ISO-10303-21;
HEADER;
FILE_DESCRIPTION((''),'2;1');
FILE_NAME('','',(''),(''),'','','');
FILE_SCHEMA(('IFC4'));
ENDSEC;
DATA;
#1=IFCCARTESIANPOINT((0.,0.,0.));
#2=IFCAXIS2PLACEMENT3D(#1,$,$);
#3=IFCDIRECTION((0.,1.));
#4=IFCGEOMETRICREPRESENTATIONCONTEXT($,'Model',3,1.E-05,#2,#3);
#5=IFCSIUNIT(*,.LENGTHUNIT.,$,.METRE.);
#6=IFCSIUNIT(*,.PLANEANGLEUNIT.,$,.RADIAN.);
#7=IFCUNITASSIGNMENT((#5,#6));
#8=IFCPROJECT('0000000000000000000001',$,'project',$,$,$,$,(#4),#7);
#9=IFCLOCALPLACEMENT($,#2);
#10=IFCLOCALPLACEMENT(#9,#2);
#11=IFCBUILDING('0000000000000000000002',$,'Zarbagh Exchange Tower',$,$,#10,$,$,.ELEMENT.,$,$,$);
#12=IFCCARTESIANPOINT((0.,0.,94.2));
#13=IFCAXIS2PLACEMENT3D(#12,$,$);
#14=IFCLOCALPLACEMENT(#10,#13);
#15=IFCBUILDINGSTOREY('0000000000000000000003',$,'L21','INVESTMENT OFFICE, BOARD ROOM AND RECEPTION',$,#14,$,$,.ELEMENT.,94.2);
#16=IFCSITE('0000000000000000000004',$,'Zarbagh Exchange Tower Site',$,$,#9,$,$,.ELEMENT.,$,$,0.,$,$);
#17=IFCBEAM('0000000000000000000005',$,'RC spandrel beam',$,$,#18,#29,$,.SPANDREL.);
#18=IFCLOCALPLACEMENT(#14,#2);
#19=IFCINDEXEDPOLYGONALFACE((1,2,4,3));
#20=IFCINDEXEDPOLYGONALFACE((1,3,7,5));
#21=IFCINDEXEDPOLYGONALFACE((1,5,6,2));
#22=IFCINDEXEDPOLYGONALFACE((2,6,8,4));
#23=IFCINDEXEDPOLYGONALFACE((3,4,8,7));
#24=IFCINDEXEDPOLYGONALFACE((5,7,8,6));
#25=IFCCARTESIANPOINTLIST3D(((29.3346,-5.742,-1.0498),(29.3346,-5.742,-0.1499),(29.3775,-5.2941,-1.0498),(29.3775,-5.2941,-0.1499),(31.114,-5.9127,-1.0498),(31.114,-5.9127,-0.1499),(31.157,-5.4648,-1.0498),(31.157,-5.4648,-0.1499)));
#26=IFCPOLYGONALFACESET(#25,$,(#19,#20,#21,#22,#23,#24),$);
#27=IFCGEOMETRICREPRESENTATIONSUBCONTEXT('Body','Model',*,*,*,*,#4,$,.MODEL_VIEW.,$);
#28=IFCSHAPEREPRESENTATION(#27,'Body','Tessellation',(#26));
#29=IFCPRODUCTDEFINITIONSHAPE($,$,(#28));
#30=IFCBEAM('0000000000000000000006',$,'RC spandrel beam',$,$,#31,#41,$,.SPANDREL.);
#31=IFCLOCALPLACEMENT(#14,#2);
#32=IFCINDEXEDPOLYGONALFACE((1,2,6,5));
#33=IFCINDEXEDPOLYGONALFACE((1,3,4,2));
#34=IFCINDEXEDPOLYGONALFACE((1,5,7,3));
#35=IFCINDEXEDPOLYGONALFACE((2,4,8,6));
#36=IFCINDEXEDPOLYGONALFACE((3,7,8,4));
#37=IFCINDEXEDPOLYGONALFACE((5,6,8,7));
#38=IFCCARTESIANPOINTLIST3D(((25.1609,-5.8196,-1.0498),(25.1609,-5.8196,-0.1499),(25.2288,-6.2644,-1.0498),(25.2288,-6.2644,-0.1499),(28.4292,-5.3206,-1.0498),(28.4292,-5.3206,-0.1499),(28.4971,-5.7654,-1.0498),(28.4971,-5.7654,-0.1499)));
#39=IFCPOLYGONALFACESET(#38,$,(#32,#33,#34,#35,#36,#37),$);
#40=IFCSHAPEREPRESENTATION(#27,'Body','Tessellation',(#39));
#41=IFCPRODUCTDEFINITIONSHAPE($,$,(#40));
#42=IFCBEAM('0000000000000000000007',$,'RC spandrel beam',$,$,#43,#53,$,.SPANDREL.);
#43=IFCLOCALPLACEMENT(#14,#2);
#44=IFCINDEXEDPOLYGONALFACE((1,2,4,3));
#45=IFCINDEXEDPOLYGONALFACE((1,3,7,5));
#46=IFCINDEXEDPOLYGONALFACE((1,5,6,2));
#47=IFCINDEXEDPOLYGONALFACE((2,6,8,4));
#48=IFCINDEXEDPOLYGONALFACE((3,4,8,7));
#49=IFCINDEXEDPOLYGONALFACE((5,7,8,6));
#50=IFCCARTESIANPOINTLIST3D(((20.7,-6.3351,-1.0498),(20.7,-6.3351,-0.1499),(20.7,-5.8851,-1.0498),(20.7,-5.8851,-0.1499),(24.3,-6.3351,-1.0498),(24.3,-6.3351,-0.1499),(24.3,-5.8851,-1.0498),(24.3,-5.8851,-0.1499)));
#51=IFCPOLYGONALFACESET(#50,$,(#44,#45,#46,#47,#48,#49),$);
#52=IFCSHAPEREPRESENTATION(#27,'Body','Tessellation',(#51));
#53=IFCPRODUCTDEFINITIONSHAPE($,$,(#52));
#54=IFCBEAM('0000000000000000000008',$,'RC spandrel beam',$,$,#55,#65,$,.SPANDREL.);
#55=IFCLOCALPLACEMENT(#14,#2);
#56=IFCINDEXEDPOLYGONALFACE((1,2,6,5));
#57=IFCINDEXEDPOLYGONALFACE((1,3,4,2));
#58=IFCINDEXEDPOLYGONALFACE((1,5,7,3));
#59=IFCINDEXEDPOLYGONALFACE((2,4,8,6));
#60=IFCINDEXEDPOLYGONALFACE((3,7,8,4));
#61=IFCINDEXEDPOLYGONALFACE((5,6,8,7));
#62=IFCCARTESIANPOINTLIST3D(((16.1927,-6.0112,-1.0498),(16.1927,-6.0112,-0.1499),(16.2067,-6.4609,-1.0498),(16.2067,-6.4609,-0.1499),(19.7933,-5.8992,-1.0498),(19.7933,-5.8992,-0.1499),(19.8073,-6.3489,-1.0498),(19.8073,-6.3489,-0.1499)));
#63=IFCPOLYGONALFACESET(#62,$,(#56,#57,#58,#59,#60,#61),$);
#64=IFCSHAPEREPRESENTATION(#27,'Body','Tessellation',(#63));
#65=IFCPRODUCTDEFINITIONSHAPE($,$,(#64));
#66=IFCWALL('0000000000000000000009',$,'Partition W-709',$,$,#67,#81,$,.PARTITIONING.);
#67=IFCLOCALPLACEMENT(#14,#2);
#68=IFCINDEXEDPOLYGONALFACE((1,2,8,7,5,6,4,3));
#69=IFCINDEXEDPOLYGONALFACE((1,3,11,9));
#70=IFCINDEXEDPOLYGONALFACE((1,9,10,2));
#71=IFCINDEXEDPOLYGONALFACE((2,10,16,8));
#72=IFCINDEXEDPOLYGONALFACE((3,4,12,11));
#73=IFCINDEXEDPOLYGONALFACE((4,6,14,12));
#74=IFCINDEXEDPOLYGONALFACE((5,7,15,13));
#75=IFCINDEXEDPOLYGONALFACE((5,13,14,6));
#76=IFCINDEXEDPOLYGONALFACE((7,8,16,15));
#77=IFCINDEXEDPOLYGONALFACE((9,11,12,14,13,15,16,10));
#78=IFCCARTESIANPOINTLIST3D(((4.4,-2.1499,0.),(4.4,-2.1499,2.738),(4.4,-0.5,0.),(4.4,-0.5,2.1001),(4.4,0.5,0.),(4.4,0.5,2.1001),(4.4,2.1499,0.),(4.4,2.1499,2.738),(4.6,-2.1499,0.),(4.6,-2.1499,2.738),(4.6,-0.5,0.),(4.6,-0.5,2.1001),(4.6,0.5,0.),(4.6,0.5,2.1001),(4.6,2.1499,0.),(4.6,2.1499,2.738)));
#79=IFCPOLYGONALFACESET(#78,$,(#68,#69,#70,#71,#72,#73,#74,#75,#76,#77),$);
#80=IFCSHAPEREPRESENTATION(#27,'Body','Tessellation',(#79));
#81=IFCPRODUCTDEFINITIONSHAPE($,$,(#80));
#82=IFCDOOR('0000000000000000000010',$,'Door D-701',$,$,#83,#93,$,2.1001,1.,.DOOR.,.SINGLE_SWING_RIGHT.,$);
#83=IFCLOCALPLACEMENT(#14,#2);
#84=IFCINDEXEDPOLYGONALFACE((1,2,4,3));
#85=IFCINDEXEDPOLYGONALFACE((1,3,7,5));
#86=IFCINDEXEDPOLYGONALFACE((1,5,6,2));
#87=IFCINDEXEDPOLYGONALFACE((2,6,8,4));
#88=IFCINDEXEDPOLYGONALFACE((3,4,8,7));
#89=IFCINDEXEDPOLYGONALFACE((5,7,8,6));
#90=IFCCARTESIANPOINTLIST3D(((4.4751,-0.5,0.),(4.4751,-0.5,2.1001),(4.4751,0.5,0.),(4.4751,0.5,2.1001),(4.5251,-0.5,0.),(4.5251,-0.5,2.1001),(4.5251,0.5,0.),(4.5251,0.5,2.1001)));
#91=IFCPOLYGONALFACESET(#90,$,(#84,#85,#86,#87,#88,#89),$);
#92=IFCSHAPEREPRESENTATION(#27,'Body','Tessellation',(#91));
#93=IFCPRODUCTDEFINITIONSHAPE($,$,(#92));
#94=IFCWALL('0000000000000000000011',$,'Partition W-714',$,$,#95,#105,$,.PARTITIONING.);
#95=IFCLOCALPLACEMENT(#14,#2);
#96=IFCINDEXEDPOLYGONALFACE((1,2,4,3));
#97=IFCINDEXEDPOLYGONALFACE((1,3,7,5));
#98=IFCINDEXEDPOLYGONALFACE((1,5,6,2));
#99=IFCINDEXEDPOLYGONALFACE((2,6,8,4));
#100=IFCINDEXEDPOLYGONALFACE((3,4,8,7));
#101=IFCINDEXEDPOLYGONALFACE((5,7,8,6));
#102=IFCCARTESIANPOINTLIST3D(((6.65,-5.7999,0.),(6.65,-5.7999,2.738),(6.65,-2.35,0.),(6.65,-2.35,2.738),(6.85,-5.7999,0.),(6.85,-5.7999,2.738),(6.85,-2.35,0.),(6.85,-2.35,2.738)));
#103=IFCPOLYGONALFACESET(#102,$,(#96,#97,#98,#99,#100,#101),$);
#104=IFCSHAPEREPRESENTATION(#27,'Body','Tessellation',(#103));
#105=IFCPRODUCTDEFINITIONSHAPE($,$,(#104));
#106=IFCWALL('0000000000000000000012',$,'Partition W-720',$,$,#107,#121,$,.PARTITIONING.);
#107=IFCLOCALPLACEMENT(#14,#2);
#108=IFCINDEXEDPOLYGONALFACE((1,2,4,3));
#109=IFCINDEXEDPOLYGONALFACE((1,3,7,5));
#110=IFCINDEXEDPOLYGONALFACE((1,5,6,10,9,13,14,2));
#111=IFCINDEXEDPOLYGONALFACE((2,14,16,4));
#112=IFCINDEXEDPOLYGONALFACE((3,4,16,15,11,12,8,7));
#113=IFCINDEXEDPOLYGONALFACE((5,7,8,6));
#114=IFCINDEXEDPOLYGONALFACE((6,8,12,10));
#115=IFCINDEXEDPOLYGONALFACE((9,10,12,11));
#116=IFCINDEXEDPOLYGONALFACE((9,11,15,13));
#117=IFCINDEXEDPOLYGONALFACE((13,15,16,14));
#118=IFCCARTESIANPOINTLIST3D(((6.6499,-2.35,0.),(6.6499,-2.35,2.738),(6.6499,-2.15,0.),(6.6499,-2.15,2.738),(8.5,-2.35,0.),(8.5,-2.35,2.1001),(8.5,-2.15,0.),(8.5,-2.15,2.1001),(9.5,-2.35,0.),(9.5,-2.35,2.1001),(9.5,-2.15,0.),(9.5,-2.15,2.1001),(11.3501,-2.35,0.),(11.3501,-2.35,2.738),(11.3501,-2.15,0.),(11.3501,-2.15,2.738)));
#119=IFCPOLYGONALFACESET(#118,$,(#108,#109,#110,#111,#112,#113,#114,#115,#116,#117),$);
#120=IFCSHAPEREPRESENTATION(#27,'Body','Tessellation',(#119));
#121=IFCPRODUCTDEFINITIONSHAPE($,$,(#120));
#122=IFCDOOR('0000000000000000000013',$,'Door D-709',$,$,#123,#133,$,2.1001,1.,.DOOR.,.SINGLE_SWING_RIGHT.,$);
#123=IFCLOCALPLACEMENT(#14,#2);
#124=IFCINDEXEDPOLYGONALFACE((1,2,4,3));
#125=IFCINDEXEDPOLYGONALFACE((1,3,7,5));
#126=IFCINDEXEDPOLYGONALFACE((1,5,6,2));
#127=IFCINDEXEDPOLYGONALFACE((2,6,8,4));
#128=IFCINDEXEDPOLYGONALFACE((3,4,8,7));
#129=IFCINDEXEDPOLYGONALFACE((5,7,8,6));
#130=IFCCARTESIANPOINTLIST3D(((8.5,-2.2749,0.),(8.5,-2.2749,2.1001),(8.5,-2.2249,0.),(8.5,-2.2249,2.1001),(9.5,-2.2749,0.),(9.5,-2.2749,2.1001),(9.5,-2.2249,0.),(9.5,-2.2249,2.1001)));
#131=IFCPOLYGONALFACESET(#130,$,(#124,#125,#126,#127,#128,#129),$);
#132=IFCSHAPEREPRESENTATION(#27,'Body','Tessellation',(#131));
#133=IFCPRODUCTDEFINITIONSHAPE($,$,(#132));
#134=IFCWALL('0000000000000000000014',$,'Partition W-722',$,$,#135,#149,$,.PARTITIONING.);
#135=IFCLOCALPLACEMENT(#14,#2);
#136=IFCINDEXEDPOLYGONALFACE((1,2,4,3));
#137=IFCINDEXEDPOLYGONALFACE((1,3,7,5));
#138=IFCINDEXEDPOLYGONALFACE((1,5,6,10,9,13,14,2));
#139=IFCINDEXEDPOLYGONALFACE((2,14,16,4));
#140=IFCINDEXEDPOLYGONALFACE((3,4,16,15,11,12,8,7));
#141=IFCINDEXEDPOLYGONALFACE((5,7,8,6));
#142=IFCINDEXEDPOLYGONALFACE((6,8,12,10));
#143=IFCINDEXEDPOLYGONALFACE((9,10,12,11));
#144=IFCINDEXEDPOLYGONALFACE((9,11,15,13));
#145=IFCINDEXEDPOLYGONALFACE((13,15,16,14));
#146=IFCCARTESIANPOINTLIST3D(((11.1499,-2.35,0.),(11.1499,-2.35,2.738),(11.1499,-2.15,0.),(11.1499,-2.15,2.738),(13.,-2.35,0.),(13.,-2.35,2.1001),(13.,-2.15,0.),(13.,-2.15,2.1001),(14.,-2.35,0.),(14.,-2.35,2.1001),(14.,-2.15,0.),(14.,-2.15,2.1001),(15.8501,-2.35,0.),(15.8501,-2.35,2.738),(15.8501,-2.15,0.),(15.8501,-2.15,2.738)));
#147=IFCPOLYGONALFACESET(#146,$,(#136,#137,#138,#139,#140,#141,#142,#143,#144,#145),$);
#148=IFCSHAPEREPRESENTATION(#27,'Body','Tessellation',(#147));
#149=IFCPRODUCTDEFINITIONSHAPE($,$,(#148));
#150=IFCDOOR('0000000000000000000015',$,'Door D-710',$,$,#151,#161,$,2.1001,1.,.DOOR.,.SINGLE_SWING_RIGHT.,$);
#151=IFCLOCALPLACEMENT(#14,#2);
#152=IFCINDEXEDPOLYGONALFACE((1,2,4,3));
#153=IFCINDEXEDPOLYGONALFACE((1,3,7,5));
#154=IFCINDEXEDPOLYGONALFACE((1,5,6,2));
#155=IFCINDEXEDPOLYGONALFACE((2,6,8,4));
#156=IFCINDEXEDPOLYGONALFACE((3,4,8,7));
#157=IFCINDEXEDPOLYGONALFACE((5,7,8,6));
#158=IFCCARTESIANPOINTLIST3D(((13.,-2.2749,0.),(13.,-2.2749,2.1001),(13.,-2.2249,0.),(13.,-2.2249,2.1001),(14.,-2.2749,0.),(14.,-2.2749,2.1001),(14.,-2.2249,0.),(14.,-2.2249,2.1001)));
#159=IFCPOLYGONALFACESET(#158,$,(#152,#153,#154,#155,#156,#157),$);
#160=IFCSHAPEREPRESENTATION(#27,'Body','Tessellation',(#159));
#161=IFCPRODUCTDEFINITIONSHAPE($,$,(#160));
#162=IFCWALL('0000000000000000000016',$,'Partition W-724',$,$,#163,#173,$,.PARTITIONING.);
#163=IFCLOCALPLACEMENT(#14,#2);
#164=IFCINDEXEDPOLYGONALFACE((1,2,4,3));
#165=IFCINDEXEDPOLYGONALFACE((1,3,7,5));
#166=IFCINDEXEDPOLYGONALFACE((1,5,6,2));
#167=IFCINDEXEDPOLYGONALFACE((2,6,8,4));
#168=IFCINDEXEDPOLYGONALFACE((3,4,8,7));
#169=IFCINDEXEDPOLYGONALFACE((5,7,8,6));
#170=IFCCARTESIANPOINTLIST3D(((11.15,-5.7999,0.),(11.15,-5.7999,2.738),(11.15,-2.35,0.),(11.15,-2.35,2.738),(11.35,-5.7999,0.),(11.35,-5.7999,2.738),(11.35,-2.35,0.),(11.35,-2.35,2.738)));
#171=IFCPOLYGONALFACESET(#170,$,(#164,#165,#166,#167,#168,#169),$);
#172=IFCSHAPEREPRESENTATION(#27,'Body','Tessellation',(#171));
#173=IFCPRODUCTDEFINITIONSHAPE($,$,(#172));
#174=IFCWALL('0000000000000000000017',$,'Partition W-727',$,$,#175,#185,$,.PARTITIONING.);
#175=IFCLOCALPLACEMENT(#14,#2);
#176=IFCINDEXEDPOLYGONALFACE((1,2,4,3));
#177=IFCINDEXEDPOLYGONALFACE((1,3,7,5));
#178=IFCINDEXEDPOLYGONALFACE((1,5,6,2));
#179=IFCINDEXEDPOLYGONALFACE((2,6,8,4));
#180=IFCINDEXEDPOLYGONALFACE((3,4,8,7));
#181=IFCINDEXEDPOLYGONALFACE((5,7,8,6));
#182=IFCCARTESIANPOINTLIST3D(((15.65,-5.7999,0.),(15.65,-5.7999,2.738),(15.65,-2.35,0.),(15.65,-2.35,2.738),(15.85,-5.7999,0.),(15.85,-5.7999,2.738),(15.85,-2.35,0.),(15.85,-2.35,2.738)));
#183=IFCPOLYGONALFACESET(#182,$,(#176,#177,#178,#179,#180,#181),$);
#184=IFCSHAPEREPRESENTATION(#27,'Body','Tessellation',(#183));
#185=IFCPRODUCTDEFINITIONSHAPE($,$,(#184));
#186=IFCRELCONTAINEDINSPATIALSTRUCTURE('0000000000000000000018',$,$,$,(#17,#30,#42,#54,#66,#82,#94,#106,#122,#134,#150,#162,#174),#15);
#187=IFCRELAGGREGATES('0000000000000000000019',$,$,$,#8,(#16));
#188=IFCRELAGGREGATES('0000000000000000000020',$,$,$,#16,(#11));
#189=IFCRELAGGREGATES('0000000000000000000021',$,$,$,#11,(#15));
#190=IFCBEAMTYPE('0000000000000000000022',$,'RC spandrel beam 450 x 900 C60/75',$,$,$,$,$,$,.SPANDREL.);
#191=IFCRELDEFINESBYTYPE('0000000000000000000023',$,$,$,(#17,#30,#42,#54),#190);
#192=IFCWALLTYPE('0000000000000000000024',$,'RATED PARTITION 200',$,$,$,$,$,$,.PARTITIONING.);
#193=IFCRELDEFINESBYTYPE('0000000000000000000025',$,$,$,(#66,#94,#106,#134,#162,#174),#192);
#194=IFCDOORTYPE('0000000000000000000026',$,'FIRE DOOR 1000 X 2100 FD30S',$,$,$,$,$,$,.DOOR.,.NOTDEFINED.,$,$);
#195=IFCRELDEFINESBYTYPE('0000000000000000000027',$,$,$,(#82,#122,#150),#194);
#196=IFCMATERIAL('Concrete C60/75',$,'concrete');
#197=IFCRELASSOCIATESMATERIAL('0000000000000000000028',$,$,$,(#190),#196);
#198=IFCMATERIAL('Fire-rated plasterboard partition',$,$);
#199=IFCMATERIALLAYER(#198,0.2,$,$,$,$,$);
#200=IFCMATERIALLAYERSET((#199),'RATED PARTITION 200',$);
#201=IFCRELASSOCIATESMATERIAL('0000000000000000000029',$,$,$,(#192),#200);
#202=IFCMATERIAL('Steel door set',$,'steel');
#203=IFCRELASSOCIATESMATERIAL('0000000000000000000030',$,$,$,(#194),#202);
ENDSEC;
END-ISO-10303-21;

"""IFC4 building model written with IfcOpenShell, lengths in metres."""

from ifc_helpers import new_model, si_unit, direction, frame, frame_2d, origin, origin_2d, place, context, subcontext, project, spatial, rectangle, extrude, material, layer, layer_set, material_profile, profile_set, type_object, element, fill, save


model = new_model("IFC4")

# Units and contexts
model_context = context("Model", 3, precision=1e-05, world=origin(), true_north=direction((0.0, 1.0)))
body_context = subcontext(model_context, "Body", "Model", "MODEL_VIEW")
ifc_project = project(units=[si_unit("LENGTHUNIT", "METRE"), si_unit("PLANEANGLEUNIT", "RADIAN")], contexts=[model_context])

# Site, building, storey
site_placement = place(None, origin())
site = spatial("IfcSite", under=ifc_project, at=site_placement, Name="Zarbagh Exchange Tower Site", CompositionType="ELEMENT", RefElevation=0.0)
building_placement = place(site_placement, origin())
building = spatial("IfcBuilding", under=site, at=building_placement, Name="Zarbagh Exchange Tower", CompositionType="ELEMENT")
storey_placement = place(building_placement, frame((0.0, 0.0, 94.2)))
storey = spatial("IfcBuildingStorey", under=building, at=storey_placement, Name="L21", Description="INVESTMENT OFFICE, BOARD ROOM AND RECEPTION", CompositionType="ELEMENT", Elevation=94.2)

# Shared definitions
ifc_material_1 = material(Name="Concrete C60/75", Category="concrete")

# Beams
ifc_material_profile_1 = material_profile(ifc_material_1, rectangle(XDim=0.45, YDim=0.8999, at=origin_2d()), Name="RC spandrel beam 450 x 900 C60/75")
ifc_profile_set_1 = profile_set([ifc_material_profile_1], Name="Concrete C60/75")
beam_type_1 = type_object("IfcBeamType", Name="RC spandrel beam 450 x 900 C60/75", PredefinedType="SPANDREL", material=ifc_profile_set_1)
beam_1_placement = place(storey_placement, frame((31.1355, -5.6887, -0.5999), z_axis=(-0.995433, 0.09546, 0.0), x_axis=(-0.09546, -0.995433, 0.0)))
element("IfcBeam", 1, at=beam_1_placement, inside=storey, type_object=beam_type_1, Name="RC spandrel beam", PredefinedType="SPANDREL", context=body_context, shape_type="SweptSolid", body=[
    extrude(rectangle(XDim=0.45, YDim=0.8999, at=origin_2d()), origin(), (0.0, 0.0, 1.0), 1.7876),
])
beam_2_placement = place(storey_placement, frame((28.4631, -5.543, -0.5999), z_axis=(-0.988544, -0.150936, 0.0), x_axis=(0.150936, -0.988544, 0.0)))
element("IfcBeam", 2, at=beam_2_placement, inside=storey, type_object=beam_type_1, Name="RC spandrel beam", PredefinedType="SPANDREL", context=body_context, shape_type="SweptSolid", body=[
    extrude(rectangle(XDim=0.45, YDim=0.8999, at=origin_2d()), origin(), (0.0, 0.0, 1.0), 3.3062),
])
beam_3_placement = place(storey_placement, frame((24.3, -6.1101, -0.5999), z_axis=(-1.0, 0.0, 0.0), x_axis=(0.0, -1.0, 0.0)))
element("IfcBeam", 3, at=beam_3_placement, inside=storey, type_object=beam_type_1, Name="RC spandrel beam", PredefinedType="SPANDREL", context=body_context, shape_type="SweptSolid", body=[
    extrude(rectangle(XDim=0.45, YDim=0.8999, at=origin_2d()), origin(), (0.0, 0.0, 1.0), 3.6001),
])
beam_4_placement = place(storey_placement, frame((19.8003, -6.124, -0.5999), z_axis=(-0.999516, -0.031108, 0.0), x_axis=(0.031108, -0.999516, 0.0)))
element("IfcBeam", 4, at=beam_4_placement, inside=storey, type_object=beam_type_1, Name="RC spandrel beam", PredefinedType="SPANDREL", context=body_context, shape_type="SweptSolid", body=[
    extrude(rectangle(XDim=0.45, YDim=0.8999, at=origin_2d()), origin(), (0.0, 0.0, 1.0), 3.6023),
])

# Wall, opening, door
ifc_material_2 = material(Name="Fire-rated plasterboard partition")
ifc_layer = layer(ifc_material_2, 0.2)
ifc_layer_set = layer_set([ifc_layer], Name="RATED PARTITION 200")
wall_type = type_object("IfcWallType", Name="RATED PARTITION 200", PredefinedType="PARTITIONING", material=ifc_layer_set)
wall_1_placement = place(storey_placement, frame((4.5, -2.1499, 0.0), z_axis=(0.0, 0.0, 1.0), x_axis=(0.0, 1.0, 0.0)))
wall_1 = element("IfcWall", 5, at=wall_1_placement, inside=storey, type_object=wall_type, Name="Partition W-709", PredefinedType="PARTITIONING", context=body_context, shape_type="SweptSolid", body=[
    extrude(rectangle(XDim=4.2998, YDim=0.2, at=frame_2d((2.1499, 0.0))), origin(), (0.0, 0.0, 1.0), 2.738),
])
opening_1_placement = place(wall_1_placement, frame((1.6499, 0.0, 0.0)))
opening_1 = element("IfcOpeningElement", 6, at=opening_1_placement, cuts=wall_1, PredefinedType="OPENING", context=body_context, shape_type="SweptSolid", body=[
    extrude(rectangle(XDim=1.0, YDim=2.1001, at=frame_2d((0.5, 1.05))), frame((0.0, 0.1099, 0.0), z_axis=(0.0, -1.0, 0.0), x_axis=(1.0, 0.0, 0.0)), (0.0, 0.0, 1.0), 0.22),
])
ifc_material_3 = material(Name="Steel door set", Category="steel")
door_type = type_object("IfcDoorType", Name="FIRE DOOR 1000 X 2100 FD30S", OperationType="NOTDEFINED", PredefinedType="DOOR", material=ifc_material_3)
door_1_placement = place(opening_1_placement, origin())
door_1 = element("IfcDoor", 7, at=door_1_placement, inside=storey, type_object=door_type, Name="Door D-701", OperationType="SINGLE_SWING_RIGHT", OverallHeight=2.1001, OverallWidth=1.0, PredefinedType="DOOR", context=body_context, shape_type="SweptSolid", body=[
    extrude(rectangle(XDim=1.0, YDim=2.1001, at=frame_2d((0.5, 1.05))), frame((0.0, 0.0249, 0.0), z_axis=(0.0, -1.0, 0.0), x_axis=(1.0, 0.0, 0.0)), (0.0, 0.0, 1.0), 0.05),
])
fill(opening_1, door_1)

# Wall
wall_2_placement = place(storey_placement, frame((6.75, -5.8, 0.0), z_axis=(0.0, 0.0, 1.0), x_axis=(0.0, 1.0, 0.0)))
element("IfcWall", 8, at=wall_2_placement, inside=storey, type_object=wall_type, Name="Partition W-714", PredefinedType="PARTITIONING", context=body_context, shape_type="SweptSolid", body=[
    extrude(rectangle(XDim=3.45, YDim=0.2, at=frame_2d((1.7251, 0.0))), origin(), (0.0, 0.0, 1.0), 2.738),
])

# Walls, openings, doors
wall_3_placement = place(storey_placement, frame((11.3501, -2.25, 0.0), z_axis=(0.0, 0.0, 1.0), x_axis=(-1.0, 0.0, 0.0)))
wall_3 = element("IfcWall", 9, at=wall_3_placement, inside=storey, type_object=wall_type, Name="Partition W-720", PredefinedType="PARTITIONING", context=body_context, shape_type="SweptSolid", body=[
    extrude(rectangle(XDim=4.7002, YDim=0.2, at=frame_2d((2.3501, 0.0))), origin(), (0.0, 0.0, 1.0), 2.738),
])
opening_2_placement = place(wall_3_placement, frame((1.8501, 0.0, 0.0)))
opening_2 = element("IfcOpeningElement", 10, at=opening_2_placement, cuts=wall_3, PredefinedType="OPENING", context=body_context, shape_type="SweptSolid", body=[
    extrude(rectangle(XDim=1.0, YDim=2.1001, at=frame_2d((0.5, 1.05))), frame((0.0, 0.1099, 0.0), z_axis=(0.0, -1.0, 0.0), x_axis=(1.0, 0.0, 0.0)), (0.0, 0.0, 1.0), 0.22),
])
door_2_placement = place(opening_2_placement, origin())
door_2 = element("IfcDoor", 11, at=door_2_placement, inside=storey, type_object=door_type, Name="Door D-709", OperationType="SINGLE_SWING_RIGHT", OverallHeight=2.1001, OverallWidth=1.0, PredefinedType="DOOR", context=body_context, shape_type="SweptSolid", body=[
    extrude(rectangle(XDim=1.0, YDim=2.1001, at=frame_2d((0.5, 1.05))), frame((0.0, 0.0249, 0.0), z_axis=(0.0, -1.0, 0.0), x_axis=(1.0, 0.0, 0.0)), (0.0, 0.0, 1.0), 0.05),
])
fill(opening_2, door_2)
wall_4_placement = place(storey_placement, frame((15.8501, -2.25, 0.0), z_axis=(0.0, 0.0, 1.0), x_axis=(-1.0, 0.0, 0.0)))
wall_4 = element("IfcWall", 12, at=wall_4_placement, inside=storey, type_object=wall_type, Name="Partition W-722", PredefinedType="PARTITIONING", context=body_context, shape_type="SweptSolid", body=[
    extrude(rectangle(XDim=4.7002, YDim=0.2, at=frame_2d((2.3501, 0.0))), origin(), (0.0, 0.0, 1.0), 2.738),
])
opening_3_placement = place(wall_4_placement, frame((1.8501, 0.0, 0.0)))
opening_3 = element("IfcOpeningElement", 13, at=opening_3_placement, cuts=wall_4, PredefinedType="OPENING", context=body_context, shape_type="SweptSolid", body=[
    extrude(rectangle(XDim=1.0, YDim=2.1001, at=frame_2d((0.5, 1.05))), frame((0.0, 0.1099, 0.0), z_axis=(0.0, -1.0, 0.0), x_axis=(1.0, 0.0, 0.0)), (0.0, 0.0, 1.0), 0.22),
])
door_3_placement = place(opening_3_placement, origin())
door_3 = element("IfcDoor", 14, at=door_3_placement, inside=storey, type_object=door_type, Name="Door D-710", OperationType="SINGLE_SWING_RIGHT", OverallHeight=2.1001, OverallWidth=1.0, PredefinedType="DOOR", context=body_context, shape_type="SweptSolid", body=[
    extrude(rectangle(XDim=1.0, YDim=2.1001, at=frame_2d((0.5, 1.05))), frame((0.0, 0.0249, 0.0), z_axis=(0.0, -1.0, 0.0), x_axis=(1.0, 0.0, 0.0)), (0.0, 0.0, 1.0), 0.05),
])
fill(opening_3, door_3)

# Walls
for number, where, z_axis, x_axis, name in (
    (15, (11.25, -5.8, 0.0), (0.0, 0.0, 1.0), (0.0, 1.0, 0.0), "Partition W-724"),
    (16, (15.75, -5.8, 0.0), (0.0, 0.0, 1.0), (0.0, 1.0, 0.0), "Partition W-727"),
):
    element("IfcWall", number, at=place(storey_placement, frame(where, z_axis=z_axis, x_axis=x_axis)), inside=storey, type_object=wall_type, Name=name, PredefinedType="PARTITIONING", context=body_context, shape_type="SweptSolid", body=[
        extrude(rectangle(XDim=3.45, YDim=0.2, at=frame_2d((1.7251, 0.0))), origin(), (0.0, 0.0, 1.0), 2.738),
    ])

save(model, "model.ifc")
